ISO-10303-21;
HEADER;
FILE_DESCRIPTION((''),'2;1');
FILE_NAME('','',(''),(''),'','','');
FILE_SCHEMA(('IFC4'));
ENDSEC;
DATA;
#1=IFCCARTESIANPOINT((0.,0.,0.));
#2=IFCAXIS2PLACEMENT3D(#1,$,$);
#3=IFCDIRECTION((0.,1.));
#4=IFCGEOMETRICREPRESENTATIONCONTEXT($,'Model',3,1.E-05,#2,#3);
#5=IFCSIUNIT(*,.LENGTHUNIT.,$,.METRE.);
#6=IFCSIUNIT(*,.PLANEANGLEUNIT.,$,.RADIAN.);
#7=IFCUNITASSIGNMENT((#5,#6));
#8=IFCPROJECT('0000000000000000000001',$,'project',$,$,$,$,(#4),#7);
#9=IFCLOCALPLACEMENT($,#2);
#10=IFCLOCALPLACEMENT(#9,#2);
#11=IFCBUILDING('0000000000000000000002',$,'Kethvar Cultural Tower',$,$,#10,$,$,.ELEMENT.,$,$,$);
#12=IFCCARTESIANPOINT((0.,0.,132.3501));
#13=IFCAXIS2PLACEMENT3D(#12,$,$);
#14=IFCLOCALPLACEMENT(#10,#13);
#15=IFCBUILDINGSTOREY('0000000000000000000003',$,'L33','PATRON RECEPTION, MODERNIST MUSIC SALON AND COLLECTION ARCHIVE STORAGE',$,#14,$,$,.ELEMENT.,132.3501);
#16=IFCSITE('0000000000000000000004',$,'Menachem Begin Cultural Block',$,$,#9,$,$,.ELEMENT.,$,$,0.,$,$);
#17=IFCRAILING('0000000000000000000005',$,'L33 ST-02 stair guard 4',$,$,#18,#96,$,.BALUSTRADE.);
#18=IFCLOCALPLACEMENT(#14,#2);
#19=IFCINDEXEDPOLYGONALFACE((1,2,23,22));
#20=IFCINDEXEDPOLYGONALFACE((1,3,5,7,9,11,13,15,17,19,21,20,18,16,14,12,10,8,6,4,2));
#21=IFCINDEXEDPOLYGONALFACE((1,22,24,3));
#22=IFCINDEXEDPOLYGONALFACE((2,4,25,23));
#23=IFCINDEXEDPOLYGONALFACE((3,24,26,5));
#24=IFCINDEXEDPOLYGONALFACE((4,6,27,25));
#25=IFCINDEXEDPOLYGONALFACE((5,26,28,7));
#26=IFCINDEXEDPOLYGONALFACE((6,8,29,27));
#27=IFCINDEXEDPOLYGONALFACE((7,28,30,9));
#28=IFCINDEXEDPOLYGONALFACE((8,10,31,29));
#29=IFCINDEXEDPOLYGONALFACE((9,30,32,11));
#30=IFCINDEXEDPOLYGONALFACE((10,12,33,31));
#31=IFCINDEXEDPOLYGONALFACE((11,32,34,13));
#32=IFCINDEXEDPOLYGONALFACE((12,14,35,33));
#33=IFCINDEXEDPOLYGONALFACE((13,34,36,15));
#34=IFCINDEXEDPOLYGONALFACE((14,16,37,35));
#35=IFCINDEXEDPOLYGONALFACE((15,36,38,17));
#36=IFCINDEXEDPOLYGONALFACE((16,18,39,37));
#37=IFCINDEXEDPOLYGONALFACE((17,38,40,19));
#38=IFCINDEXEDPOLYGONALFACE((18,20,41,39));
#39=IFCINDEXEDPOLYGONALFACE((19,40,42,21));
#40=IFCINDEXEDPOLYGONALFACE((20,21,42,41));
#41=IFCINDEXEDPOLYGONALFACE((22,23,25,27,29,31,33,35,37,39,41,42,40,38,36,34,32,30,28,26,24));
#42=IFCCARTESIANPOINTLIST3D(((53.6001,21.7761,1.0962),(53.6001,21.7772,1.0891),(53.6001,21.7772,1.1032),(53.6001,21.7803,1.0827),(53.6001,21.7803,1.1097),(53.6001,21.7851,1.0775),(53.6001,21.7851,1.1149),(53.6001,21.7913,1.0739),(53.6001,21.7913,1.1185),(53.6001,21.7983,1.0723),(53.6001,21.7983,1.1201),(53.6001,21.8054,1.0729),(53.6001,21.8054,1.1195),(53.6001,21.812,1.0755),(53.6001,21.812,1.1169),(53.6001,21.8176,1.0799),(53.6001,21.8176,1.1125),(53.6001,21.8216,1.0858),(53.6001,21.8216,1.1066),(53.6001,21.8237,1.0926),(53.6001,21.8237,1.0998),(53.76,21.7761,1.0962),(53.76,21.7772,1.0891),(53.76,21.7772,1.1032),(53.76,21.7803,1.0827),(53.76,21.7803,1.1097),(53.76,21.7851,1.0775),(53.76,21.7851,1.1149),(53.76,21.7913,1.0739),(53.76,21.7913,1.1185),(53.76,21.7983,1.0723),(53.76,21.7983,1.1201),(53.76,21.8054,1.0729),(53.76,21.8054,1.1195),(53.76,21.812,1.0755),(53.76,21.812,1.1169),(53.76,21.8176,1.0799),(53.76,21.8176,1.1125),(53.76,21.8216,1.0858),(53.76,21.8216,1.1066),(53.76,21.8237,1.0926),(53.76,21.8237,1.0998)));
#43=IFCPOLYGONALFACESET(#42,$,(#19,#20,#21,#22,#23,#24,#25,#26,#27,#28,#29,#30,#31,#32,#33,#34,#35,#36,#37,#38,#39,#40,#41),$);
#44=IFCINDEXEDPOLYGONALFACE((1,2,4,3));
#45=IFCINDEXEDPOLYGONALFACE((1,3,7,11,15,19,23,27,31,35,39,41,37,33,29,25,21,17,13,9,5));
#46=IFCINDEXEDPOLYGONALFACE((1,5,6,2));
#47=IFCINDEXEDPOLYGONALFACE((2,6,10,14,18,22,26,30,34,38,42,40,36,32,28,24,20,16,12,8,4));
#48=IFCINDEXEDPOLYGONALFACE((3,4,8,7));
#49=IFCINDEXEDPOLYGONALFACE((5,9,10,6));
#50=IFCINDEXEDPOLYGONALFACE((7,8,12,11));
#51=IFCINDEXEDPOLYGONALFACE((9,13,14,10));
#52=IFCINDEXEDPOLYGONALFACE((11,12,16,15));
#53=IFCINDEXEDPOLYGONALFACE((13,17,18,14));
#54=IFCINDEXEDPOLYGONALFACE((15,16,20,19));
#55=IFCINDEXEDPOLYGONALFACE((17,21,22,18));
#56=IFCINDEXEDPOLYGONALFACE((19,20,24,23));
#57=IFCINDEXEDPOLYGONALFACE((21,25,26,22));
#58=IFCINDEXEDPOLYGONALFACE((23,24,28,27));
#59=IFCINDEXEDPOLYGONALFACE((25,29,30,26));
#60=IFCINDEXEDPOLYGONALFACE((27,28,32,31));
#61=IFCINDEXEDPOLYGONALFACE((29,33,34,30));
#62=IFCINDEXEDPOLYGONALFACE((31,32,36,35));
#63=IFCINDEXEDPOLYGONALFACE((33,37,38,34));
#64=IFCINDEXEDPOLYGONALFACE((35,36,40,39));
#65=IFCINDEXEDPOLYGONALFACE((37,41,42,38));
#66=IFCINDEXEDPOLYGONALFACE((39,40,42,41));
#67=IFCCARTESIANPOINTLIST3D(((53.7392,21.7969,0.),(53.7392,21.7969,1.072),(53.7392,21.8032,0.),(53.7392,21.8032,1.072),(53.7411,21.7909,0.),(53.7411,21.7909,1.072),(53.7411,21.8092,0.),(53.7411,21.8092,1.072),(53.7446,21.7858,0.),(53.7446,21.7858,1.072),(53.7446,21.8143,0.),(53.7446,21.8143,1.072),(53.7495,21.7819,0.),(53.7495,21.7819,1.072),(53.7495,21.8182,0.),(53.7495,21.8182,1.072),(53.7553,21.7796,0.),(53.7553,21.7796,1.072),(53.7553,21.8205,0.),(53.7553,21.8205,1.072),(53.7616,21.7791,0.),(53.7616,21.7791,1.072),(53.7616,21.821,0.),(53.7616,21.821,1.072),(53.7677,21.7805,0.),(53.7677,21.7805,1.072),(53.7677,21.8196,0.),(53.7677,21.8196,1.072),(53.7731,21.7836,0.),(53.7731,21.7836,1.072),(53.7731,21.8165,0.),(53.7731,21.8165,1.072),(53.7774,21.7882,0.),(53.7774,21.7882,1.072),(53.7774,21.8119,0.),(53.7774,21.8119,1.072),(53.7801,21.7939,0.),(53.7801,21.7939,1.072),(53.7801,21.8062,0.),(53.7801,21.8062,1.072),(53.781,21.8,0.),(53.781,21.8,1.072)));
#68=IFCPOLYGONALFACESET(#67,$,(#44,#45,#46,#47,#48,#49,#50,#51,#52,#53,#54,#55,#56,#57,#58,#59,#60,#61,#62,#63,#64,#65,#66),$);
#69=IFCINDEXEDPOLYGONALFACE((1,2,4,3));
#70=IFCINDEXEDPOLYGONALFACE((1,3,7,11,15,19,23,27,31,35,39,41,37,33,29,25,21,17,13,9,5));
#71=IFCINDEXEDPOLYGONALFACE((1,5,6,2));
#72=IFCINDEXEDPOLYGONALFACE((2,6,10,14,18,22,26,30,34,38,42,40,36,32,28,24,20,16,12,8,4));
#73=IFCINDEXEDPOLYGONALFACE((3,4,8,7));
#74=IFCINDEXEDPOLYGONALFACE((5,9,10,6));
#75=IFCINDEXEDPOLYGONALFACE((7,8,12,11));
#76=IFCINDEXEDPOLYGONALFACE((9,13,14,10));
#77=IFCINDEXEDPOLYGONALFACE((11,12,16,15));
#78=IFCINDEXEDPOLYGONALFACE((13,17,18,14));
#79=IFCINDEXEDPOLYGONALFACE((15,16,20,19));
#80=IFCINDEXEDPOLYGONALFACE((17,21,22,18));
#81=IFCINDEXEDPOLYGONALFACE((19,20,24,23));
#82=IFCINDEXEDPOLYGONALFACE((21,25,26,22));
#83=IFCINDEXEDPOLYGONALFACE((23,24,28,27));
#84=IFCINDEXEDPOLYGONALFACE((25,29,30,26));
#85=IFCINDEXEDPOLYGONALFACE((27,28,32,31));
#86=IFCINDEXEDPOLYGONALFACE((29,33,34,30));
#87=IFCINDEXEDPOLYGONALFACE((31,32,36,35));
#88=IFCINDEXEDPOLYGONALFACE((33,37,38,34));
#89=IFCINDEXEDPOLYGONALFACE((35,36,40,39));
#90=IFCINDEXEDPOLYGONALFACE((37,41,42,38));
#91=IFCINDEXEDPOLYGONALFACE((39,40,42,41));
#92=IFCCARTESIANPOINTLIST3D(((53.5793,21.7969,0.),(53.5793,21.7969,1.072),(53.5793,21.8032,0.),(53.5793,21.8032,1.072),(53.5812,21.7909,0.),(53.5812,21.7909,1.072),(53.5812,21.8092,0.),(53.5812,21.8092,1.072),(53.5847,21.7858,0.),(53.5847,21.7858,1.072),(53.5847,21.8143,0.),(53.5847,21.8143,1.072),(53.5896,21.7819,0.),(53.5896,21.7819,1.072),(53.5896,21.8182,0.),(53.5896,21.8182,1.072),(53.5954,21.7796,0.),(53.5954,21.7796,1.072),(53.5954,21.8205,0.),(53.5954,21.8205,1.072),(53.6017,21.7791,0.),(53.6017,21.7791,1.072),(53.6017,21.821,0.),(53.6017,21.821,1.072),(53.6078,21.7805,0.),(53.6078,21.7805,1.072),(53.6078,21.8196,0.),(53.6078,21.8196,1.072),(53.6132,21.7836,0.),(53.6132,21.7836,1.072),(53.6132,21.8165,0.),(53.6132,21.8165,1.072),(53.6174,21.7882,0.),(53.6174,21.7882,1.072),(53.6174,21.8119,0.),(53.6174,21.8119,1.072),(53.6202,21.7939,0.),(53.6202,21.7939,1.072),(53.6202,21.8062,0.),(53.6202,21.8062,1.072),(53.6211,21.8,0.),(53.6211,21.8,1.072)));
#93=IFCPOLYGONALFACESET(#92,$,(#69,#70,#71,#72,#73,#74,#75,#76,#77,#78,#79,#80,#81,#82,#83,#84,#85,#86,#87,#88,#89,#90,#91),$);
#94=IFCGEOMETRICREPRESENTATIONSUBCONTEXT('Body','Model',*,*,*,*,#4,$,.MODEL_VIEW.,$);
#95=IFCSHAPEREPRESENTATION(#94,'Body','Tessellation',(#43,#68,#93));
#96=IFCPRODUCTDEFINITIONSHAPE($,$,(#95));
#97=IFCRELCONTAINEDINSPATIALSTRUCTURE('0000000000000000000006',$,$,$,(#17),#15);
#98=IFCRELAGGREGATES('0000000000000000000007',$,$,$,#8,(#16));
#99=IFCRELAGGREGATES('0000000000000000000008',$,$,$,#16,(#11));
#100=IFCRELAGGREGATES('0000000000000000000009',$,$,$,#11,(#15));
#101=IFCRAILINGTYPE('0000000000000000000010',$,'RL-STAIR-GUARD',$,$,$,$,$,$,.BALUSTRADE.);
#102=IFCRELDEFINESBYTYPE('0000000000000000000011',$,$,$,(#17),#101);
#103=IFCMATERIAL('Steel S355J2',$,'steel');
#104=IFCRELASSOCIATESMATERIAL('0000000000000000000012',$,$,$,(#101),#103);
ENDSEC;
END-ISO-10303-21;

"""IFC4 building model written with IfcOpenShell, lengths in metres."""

from ifc_helpers import new_model, si_unit, direction, frame, origin, origin_2d, place, context, subcontext, project, spatial, circle, extrude, material, type_object, element, save


model = new_model("IFC4")

# Units and contexts
model_context = context("Model", 3, precision=1e-05, world=origin(), true_north=direction((0.0, 1.0)))
body_context = subcontext(model_context, "Body", "Model", "MODEL_VIEW")
ifc_project = project(units=[si_unit("LENGTHUNIT", "METRE"), si_unit("PLANEANGLEUNIT", "RADIAN")], contexts=[model_context])

# Site, building, storey
site_placement = place(None, origin())
site = spatial("IfcSite", under=ifc_project, at=site_placement, Name="Menachem Begin Cultural Block", CompositionType="ELEMENT", RefElevation=0.0)
building_placement = place(site_placement, origin())
building = spatial("IfcBuilding", under=site, at=building_placement, Name="Kethvar Cultural Tower", CompositionType="ELEMENT")
storey_placement = place(building_placement, frame((0.0, 0.0, 132.3501)))
storey = spatial("IfcBuildingStorey", under=building, at=storey_placement, Name="L33", Description="PATRON RECEPTION, MODERNIST MUSIC SALON AND COLLECTION ARCHIVE STORAGE", CompositionType="ELEMENT", Elevation=132.3501)

# Shared definitions
ifc_material_1 = material(Name="Steel S355J2", Category="steel")

# Railing
railing_type_1 = type_object("IfcRailingType", Name="RL-STAIR-GUARD", PredefinedType="BALUSTRADE", material=ifc_material_1)
railing_1_placement = place(storey_placement, frame((53.76, 21.8, 0.0)))
element("IfcRailing", 1, at=railing_1_placement, inside=storey, type_object=railing_type_1, Name="L33 ST-02 stair guard 4", PredefinedType="BALUSTRADE", context=body_context, shape_type="SweptSolid", body=[
    extrude(circle(Radius=0.0239, at=origin_2d()), frame((0.0, 0.0, 1.0962), z_axis=(-1.0, 0.0, 0.0), x_axis=(0.0, -1.0, 0.0)), (0.0, 0.0, 1.0), 0.1599),
    extrude(circle(Radius=0.021, at=origin_2d()), origin(), (0.0, 0.0, 1.0), 1.072),
    extrude(circle(Radius=0.021, at=origin_2d()), frame((-0.1599, 0.0, 0.0)), (0.0, 0.0, 1.0), 1.072),
])

save(model, "model.ifc")
